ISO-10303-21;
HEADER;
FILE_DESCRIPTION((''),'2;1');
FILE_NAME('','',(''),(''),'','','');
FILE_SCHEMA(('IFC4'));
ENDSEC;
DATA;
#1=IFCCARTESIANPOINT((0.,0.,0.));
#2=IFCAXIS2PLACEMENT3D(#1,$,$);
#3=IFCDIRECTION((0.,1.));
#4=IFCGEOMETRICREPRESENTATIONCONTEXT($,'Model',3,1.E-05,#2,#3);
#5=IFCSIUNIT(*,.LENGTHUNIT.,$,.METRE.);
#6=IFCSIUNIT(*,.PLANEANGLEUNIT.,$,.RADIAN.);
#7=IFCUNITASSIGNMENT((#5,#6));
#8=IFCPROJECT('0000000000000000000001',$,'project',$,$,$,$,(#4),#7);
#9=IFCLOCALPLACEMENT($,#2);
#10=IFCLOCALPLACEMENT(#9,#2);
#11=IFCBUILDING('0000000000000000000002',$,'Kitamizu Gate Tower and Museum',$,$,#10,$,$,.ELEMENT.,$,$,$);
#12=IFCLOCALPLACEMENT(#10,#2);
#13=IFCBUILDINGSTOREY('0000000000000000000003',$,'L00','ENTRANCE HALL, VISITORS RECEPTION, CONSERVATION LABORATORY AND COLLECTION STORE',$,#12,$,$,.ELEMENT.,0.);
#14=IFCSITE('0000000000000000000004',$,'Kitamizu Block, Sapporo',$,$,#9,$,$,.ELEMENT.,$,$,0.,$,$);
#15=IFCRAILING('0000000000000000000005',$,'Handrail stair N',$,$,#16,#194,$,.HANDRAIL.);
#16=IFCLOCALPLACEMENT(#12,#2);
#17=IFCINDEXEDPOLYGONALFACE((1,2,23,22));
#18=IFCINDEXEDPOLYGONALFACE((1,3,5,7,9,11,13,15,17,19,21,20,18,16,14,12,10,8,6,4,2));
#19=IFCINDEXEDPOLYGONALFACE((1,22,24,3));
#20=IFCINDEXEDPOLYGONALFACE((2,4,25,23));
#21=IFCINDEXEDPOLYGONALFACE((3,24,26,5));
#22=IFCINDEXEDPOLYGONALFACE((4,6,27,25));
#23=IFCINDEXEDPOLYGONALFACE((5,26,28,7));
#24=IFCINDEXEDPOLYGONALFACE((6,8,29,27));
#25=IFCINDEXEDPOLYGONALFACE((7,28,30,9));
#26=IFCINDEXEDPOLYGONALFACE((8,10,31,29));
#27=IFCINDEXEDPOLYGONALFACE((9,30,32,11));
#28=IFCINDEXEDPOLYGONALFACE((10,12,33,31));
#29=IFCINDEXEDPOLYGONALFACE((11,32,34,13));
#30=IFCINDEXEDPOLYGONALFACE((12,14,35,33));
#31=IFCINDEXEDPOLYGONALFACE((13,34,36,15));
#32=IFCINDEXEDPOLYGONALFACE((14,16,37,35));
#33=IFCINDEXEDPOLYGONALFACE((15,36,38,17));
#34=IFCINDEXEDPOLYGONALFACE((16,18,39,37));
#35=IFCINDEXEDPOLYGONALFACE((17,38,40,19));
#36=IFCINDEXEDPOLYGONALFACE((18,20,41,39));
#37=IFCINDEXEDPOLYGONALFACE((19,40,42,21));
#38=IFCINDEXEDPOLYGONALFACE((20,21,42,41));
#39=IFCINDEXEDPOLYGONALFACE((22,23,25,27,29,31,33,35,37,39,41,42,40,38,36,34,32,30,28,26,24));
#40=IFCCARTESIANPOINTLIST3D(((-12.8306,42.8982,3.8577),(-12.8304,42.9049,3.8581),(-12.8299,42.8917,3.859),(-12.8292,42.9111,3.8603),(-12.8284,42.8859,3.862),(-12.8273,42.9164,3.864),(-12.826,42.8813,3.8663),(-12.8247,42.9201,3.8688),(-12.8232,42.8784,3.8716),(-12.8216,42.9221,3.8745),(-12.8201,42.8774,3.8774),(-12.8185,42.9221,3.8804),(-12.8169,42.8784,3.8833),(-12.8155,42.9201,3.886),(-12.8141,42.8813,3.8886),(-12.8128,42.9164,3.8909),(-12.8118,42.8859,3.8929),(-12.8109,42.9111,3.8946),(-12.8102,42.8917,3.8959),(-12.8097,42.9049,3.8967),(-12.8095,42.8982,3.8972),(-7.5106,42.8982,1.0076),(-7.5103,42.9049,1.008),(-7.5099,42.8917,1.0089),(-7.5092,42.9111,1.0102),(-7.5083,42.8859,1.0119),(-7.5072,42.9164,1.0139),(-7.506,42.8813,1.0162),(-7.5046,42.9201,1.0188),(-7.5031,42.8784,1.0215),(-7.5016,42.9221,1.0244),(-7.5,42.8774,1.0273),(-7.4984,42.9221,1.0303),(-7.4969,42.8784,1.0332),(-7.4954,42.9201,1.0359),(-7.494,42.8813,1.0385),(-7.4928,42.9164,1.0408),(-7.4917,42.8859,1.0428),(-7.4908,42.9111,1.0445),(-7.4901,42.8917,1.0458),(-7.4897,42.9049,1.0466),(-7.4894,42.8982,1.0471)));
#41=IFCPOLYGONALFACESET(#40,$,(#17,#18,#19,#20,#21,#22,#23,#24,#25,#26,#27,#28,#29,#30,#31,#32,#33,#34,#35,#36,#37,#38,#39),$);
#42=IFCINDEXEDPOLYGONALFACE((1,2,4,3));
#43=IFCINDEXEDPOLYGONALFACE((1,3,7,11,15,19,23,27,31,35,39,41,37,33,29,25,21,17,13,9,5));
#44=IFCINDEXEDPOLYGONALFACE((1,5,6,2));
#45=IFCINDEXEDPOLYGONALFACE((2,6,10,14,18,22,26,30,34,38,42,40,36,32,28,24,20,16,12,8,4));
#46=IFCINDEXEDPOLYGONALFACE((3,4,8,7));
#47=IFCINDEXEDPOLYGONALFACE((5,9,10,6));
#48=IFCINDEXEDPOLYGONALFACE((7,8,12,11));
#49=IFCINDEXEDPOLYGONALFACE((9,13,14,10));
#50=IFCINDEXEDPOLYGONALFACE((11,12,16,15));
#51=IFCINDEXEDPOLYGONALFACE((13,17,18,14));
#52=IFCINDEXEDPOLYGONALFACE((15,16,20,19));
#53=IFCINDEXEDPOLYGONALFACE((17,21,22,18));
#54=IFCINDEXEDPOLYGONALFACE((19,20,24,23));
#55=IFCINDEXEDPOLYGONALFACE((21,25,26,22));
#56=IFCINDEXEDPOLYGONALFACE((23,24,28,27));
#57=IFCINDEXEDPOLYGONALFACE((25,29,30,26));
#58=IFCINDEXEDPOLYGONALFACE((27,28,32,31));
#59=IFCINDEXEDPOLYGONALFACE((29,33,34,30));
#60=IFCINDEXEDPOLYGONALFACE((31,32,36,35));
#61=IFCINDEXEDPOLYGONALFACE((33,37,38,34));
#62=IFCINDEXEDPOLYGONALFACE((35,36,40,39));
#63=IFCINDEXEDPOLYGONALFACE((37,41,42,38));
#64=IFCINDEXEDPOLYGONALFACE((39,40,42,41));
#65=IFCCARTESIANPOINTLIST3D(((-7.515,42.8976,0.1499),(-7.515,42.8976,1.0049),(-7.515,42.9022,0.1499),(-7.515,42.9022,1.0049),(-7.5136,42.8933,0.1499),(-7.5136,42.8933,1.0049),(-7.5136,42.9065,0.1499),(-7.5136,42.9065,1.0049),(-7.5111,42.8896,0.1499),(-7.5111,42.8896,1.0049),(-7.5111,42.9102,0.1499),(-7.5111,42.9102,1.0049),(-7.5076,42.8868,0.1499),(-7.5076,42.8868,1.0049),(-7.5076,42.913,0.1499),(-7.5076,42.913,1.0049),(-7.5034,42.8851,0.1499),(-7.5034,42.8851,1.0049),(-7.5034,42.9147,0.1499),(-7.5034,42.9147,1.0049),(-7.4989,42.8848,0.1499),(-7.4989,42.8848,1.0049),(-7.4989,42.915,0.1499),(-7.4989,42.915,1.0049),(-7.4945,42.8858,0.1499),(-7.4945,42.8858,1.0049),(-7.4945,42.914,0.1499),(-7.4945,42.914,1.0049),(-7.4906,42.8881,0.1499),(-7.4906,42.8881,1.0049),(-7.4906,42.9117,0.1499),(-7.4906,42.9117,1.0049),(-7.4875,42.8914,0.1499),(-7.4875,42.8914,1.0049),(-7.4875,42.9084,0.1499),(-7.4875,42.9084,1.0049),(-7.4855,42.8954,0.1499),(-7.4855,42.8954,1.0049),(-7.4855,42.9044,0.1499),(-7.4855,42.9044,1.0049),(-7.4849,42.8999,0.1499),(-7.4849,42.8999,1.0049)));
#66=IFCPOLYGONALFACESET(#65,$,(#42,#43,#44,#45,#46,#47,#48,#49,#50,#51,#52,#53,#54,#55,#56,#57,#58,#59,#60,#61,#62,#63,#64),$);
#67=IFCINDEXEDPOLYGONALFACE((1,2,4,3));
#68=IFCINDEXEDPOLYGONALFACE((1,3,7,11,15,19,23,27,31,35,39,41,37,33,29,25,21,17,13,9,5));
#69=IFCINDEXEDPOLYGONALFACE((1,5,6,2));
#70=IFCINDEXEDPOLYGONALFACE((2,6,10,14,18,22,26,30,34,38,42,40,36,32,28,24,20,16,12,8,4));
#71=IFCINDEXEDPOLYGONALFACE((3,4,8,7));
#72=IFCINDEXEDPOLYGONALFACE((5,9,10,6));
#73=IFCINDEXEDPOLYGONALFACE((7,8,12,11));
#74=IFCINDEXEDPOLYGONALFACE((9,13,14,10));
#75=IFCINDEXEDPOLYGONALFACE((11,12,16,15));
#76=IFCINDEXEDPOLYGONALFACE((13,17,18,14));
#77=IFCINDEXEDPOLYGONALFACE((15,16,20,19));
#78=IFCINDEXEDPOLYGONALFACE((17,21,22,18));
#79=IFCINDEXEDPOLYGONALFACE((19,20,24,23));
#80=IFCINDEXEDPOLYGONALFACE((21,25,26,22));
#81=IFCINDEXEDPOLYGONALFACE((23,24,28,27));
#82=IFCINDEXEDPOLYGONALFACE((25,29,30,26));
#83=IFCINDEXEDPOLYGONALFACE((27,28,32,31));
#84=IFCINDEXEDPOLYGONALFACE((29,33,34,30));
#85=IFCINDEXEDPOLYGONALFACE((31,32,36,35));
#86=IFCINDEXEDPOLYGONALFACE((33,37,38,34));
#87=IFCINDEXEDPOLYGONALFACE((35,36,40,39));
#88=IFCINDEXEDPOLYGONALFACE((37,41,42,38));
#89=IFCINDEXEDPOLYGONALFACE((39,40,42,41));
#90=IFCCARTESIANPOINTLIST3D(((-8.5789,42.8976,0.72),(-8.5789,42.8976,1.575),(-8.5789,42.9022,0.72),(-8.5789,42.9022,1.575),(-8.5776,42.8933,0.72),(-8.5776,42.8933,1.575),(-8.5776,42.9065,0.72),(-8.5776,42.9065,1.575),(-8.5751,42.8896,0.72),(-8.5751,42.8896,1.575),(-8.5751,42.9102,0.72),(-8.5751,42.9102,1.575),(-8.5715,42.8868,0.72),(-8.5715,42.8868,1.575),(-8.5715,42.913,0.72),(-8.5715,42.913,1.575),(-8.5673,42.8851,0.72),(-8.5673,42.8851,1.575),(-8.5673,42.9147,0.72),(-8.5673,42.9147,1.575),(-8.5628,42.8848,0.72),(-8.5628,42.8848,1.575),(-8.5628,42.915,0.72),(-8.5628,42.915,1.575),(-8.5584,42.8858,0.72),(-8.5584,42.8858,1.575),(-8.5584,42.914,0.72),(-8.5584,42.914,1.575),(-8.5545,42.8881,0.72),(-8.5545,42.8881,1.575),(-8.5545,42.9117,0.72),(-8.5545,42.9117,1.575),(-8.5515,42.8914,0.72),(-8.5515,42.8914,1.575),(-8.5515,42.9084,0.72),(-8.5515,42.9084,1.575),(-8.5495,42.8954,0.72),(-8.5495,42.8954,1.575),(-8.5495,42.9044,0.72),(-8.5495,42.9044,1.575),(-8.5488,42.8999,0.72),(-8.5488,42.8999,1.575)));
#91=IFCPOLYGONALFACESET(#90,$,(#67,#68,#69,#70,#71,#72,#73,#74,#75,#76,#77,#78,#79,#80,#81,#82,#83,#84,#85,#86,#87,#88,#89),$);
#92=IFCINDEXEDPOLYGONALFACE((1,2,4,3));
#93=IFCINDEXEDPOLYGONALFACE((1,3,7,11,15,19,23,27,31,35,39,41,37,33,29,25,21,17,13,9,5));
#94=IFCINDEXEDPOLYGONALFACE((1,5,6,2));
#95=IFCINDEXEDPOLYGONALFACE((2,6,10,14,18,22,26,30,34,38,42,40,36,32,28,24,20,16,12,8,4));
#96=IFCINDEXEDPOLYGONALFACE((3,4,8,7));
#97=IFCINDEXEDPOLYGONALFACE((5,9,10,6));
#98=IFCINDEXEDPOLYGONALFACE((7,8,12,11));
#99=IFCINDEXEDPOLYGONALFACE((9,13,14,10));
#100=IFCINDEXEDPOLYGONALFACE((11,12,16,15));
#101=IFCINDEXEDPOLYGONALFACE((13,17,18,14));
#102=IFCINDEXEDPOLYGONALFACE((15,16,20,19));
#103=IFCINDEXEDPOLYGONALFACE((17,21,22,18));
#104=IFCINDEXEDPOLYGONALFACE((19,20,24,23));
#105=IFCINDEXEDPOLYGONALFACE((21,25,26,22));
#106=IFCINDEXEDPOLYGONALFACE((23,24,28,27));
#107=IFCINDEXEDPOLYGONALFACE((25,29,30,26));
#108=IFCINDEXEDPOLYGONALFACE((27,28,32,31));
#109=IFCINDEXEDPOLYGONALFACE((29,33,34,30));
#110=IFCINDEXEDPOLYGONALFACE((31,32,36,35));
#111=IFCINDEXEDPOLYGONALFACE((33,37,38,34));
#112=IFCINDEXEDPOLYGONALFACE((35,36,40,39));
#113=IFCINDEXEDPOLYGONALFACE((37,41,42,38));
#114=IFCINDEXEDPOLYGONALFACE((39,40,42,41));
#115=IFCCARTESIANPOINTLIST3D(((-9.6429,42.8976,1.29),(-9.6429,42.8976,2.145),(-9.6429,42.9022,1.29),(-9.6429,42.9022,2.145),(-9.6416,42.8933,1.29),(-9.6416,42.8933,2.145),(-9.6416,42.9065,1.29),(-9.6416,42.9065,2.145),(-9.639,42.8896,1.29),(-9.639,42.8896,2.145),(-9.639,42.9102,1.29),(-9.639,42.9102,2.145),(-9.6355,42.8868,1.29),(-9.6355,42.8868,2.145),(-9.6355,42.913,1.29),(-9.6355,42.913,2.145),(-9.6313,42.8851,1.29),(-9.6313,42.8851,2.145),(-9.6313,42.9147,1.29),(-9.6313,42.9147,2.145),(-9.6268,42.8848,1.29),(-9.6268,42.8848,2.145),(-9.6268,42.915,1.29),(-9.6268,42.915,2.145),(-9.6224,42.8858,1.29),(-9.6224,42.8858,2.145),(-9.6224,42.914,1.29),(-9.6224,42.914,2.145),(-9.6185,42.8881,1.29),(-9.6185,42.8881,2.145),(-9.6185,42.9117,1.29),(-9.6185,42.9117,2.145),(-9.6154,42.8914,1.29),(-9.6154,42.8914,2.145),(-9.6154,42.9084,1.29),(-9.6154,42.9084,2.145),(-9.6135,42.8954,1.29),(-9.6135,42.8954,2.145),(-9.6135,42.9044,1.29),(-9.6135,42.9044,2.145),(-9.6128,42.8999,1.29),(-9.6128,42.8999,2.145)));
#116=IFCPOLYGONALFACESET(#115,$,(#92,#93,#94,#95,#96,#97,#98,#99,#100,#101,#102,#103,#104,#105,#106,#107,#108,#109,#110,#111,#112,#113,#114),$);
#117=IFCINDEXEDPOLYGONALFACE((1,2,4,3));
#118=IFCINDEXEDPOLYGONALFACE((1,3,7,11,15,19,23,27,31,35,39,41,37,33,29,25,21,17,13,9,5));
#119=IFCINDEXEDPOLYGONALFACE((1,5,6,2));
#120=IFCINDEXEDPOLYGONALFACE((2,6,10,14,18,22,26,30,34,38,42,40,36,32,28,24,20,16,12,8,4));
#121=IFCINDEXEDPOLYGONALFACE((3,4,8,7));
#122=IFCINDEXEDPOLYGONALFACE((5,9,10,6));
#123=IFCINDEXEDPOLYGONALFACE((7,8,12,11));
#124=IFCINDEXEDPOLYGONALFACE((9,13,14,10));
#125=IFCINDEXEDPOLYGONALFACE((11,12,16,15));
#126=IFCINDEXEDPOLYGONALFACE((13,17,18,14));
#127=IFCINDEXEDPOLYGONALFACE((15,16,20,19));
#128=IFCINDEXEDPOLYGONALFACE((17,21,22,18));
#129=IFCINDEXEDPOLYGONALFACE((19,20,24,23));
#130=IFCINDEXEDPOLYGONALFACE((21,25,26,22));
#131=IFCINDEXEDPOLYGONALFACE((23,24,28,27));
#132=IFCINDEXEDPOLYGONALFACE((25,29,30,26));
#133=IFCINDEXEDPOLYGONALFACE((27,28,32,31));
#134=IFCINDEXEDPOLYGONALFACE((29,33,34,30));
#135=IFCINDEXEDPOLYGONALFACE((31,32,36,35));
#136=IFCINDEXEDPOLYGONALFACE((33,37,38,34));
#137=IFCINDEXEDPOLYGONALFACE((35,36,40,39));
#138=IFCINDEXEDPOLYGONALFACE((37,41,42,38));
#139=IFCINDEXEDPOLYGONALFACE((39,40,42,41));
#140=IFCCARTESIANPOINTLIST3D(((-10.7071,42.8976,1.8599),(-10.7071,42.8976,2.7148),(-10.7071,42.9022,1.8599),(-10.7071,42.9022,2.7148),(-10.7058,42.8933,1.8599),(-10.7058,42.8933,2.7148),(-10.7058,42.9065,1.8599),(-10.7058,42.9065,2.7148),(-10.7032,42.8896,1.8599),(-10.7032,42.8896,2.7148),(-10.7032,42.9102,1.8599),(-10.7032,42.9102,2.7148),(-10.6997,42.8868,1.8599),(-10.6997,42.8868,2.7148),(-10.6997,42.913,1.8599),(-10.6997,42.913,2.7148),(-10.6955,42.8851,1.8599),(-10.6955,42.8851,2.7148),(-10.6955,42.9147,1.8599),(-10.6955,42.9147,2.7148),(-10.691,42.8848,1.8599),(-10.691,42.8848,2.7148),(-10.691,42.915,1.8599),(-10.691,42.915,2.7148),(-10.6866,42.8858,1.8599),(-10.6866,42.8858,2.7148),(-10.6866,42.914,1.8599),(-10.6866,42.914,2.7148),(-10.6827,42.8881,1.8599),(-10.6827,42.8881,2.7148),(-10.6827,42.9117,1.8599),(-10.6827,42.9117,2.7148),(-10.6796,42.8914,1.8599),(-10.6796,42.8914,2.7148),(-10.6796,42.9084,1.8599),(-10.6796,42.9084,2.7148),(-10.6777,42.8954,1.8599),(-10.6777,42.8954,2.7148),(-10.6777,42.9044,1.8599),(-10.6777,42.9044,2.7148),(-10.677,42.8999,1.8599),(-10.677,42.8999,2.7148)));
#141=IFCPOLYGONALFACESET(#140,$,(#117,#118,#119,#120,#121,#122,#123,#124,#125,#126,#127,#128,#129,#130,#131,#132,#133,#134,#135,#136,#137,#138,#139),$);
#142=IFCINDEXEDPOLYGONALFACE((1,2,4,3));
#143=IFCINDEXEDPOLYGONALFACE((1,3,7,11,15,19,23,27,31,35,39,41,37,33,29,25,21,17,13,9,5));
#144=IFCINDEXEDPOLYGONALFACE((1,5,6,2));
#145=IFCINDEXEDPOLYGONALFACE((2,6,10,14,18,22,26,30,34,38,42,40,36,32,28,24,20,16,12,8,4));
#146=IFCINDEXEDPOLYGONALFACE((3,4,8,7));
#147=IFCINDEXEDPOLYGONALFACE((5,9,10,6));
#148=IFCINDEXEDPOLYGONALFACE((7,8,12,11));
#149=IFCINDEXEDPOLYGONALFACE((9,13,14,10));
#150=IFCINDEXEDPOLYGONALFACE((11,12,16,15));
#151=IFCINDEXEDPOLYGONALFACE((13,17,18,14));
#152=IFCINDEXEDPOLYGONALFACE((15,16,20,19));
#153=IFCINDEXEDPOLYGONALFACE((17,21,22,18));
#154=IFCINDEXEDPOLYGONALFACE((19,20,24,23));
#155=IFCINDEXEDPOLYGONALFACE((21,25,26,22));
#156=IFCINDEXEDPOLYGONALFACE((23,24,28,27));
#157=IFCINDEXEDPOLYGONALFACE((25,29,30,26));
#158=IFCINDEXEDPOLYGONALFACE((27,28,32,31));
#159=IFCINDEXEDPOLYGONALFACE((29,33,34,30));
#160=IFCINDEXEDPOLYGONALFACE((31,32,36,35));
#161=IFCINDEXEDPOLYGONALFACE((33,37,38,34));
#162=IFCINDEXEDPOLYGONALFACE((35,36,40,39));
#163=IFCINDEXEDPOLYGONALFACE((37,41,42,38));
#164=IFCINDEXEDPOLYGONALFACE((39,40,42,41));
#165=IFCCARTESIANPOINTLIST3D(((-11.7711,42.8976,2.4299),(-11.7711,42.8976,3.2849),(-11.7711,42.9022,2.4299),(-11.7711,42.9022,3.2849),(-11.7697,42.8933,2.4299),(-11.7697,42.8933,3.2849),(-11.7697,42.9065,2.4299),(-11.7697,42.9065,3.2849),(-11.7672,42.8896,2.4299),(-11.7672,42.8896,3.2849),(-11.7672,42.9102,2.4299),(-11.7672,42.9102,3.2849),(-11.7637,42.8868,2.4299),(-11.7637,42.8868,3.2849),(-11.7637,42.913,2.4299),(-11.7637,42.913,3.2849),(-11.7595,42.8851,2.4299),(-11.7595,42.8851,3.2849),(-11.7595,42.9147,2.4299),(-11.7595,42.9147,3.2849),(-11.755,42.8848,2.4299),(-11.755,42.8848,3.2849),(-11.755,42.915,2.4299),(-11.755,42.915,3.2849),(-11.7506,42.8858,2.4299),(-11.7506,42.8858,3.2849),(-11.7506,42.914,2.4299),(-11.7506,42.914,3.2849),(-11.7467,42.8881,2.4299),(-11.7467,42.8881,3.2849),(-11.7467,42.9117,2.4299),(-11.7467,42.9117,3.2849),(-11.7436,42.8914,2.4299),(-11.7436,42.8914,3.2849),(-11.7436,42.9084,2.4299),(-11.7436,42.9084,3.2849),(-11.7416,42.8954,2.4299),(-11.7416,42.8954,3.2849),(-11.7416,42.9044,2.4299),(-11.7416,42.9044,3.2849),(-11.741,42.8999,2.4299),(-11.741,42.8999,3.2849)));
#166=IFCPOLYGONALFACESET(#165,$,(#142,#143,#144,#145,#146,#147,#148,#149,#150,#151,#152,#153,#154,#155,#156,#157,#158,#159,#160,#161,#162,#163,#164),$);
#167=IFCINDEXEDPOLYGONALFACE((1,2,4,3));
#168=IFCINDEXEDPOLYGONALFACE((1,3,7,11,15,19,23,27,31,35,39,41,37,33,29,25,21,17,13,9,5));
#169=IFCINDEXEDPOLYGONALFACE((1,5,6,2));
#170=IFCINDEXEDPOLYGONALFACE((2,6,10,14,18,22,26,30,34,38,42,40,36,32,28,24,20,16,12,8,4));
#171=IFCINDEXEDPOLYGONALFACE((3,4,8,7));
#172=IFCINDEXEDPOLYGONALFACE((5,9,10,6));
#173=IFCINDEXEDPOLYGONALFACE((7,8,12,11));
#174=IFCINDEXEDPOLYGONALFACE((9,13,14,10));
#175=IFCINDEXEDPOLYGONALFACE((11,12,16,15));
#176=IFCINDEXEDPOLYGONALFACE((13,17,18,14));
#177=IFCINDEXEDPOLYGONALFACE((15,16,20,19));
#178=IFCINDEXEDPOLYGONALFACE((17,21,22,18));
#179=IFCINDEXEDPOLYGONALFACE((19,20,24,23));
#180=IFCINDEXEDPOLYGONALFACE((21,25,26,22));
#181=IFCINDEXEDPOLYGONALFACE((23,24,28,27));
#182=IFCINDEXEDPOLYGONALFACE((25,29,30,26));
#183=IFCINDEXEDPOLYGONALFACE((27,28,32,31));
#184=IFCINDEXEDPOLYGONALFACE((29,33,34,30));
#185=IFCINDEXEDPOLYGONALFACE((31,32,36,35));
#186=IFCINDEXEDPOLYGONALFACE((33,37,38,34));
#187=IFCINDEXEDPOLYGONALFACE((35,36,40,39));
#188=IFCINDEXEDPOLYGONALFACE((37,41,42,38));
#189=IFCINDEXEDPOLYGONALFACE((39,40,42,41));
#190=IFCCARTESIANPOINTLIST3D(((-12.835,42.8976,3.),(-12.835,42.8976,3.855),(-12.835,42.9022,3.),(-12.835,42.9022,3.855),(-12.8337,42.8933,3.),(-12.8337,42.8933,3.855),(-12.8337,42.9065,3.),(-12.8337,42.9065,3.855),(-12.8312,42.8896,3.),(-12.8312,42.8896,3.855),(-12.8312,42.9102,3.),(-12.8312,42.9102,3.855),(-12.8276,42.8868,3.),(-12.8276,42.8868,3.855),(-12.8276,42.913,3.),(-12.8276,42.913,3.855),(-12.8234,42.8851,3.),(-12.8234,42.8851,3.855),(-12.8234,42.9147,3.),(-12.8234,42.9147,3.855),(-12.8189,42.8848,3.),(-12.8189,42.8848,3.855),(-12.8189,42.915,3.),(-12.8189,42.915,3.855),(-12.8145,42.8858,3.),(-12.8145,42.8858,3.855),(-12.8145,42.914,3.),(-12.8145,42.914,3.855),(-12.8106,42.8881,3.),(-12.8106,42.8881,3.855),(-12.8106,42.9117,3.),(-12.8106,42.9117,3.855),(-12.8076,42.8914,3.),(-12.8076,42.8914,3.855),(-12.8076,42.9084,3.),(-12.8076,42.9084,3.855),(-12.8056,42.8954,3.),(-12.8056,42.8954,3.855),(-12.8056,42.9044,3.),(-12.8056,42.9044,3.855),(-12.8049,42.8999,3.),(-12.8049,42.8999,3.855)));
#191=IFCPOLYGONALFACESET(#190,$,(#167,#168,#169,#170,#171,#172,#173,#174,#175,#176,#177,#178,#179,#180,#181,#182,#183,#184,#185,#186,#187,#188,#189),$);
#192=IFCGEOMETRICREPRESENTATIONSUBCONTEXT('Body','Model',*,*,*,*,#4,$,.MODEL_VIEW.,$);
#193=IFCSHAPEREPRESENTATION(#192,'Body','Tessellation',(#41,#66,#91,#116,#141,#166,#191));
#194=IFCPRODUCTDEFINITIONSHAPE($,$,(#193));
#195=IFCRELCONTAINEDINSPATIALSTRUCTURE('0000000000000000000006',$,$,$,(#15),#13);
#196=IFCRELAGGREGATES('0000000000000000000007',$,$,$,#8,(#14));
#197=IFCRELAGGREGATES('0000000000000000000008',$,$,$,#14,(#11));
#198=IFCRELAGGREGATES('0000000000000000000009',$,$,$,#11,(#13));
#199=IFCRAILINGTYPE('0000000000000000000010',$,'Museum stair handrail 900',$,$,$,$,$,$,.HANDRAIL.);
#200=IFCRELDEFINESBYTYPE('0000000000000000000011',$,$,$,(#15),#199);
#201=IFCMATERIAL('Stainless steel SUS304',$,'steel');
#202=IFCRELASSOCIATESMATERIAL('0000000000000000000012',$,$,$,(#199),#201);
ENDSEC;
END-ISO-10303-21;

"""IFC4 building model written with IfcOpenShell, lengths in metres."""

from ifc_helpers import new_model, si_unit, direction, frame, origin, origin_2d, place, context, subcontext, project, spatial, circle, extrude, material, type_object, element, save


model = new_model("IFC4")

# Units and contexts
model_context = context("Model", 3, precision=1e-05, world=origin(), true_north=direction((0.0, 1.0)))
body_context = subcontext(model_context, "Body", "Model", "MODEL_VIEW")
ifc_project = project(units=[si_unit("LENGTHUNIT", "METRE"), si_unit("PLANEANGLEUNIT", "RADIAN")], contexts=[model_context])

# Site, building, storey
site_placement = place(None, origin())
site = spatial("IfcSite", under=ifc_project, at=site_placement, Name="Kitamizu Block, Sapporo", CompositionType="ELEMENT", RefElevation=0.0)
building_placement = place(site_placement, origin())
building = spatial("IfcBuilding", under=site, at=building_placement, Name="Kitamizu Gate Tower and Museum", CompositionType="ELEMENT")
storey_placement = place(building_placement, origin())
storey = spatial("IfcBuildingStorey", under=building, at=storey_placement, Name="L00", Description="ENTRANCE HALL, VISITORS RECEPTION, CONSERVATION LABORATORY AND COLLECTION STORE", CompositionType="ELEMENT", Elevation=0.0)

# Railing
ifc_material_1 = material(Name="Stainless steel SUS304", Category="steel")
railing_type = type_object("IfcRailingType", Name="Museum stair handrail 900", PredefinedType="HANDRAIL", material=ifc_material_1)
for number, where, name in (
    (1, (-7.5, 42.8999, 0.1499), "Handrail stair N"),
):
    element("IfcRailing", number, at=place(storey_placement, frame(where)), inside=storey, type_object=railing_type, Name=name, PredefinedType="HANDRAIL", context=body_context, shape_type="SweptSolid", body=[
        extrude(circle(Radius=0.0225, at=origin_2d()), frame((0.0, 0.0, 0.8774), z_axis=(-0.881476, 0.0, 0.472229), x_axis=(0.0, -1.0, 0.0)), (0.0, 0.0, 1.0), 6.0354),
        extrude(circle(Radius=0.0151, at=origin_2d()), origin(), (0.0, 0.0, 1.0), 0.855),
        extrude(circle(Radius=0.0151, at=origin_2d()), frame((-1.064, 0.0, 0.5701)), (0.0, 0.0, 1.0), 0.855),
        extrude(circle(Radius=0.0151, at=origin_2d()), frame((-2.1279, 0.0, 1.1401)), (0.0, 0.0, 1.0), 0.855),
        extrude(circle(Radius=0.0151, at=origin_2d()), frame((-3.1921, 0.0, 1.71)), (0.0, 0.0, 1.0), 0.855),
        extrude(circle(Radius=0.0151, at=origin_2d()), frame((-4.2561, 0.0, 2.28)), (0.0, 0.0, 1.0), 0.855),
        extrude(circle(Radius=0.0151, at=origin_2d()), frame((-5.3201, 0.0, 2.8501)), (0.0, 0.0, 1.0), 0.855),
    ])

save(model, "model.ifc")
